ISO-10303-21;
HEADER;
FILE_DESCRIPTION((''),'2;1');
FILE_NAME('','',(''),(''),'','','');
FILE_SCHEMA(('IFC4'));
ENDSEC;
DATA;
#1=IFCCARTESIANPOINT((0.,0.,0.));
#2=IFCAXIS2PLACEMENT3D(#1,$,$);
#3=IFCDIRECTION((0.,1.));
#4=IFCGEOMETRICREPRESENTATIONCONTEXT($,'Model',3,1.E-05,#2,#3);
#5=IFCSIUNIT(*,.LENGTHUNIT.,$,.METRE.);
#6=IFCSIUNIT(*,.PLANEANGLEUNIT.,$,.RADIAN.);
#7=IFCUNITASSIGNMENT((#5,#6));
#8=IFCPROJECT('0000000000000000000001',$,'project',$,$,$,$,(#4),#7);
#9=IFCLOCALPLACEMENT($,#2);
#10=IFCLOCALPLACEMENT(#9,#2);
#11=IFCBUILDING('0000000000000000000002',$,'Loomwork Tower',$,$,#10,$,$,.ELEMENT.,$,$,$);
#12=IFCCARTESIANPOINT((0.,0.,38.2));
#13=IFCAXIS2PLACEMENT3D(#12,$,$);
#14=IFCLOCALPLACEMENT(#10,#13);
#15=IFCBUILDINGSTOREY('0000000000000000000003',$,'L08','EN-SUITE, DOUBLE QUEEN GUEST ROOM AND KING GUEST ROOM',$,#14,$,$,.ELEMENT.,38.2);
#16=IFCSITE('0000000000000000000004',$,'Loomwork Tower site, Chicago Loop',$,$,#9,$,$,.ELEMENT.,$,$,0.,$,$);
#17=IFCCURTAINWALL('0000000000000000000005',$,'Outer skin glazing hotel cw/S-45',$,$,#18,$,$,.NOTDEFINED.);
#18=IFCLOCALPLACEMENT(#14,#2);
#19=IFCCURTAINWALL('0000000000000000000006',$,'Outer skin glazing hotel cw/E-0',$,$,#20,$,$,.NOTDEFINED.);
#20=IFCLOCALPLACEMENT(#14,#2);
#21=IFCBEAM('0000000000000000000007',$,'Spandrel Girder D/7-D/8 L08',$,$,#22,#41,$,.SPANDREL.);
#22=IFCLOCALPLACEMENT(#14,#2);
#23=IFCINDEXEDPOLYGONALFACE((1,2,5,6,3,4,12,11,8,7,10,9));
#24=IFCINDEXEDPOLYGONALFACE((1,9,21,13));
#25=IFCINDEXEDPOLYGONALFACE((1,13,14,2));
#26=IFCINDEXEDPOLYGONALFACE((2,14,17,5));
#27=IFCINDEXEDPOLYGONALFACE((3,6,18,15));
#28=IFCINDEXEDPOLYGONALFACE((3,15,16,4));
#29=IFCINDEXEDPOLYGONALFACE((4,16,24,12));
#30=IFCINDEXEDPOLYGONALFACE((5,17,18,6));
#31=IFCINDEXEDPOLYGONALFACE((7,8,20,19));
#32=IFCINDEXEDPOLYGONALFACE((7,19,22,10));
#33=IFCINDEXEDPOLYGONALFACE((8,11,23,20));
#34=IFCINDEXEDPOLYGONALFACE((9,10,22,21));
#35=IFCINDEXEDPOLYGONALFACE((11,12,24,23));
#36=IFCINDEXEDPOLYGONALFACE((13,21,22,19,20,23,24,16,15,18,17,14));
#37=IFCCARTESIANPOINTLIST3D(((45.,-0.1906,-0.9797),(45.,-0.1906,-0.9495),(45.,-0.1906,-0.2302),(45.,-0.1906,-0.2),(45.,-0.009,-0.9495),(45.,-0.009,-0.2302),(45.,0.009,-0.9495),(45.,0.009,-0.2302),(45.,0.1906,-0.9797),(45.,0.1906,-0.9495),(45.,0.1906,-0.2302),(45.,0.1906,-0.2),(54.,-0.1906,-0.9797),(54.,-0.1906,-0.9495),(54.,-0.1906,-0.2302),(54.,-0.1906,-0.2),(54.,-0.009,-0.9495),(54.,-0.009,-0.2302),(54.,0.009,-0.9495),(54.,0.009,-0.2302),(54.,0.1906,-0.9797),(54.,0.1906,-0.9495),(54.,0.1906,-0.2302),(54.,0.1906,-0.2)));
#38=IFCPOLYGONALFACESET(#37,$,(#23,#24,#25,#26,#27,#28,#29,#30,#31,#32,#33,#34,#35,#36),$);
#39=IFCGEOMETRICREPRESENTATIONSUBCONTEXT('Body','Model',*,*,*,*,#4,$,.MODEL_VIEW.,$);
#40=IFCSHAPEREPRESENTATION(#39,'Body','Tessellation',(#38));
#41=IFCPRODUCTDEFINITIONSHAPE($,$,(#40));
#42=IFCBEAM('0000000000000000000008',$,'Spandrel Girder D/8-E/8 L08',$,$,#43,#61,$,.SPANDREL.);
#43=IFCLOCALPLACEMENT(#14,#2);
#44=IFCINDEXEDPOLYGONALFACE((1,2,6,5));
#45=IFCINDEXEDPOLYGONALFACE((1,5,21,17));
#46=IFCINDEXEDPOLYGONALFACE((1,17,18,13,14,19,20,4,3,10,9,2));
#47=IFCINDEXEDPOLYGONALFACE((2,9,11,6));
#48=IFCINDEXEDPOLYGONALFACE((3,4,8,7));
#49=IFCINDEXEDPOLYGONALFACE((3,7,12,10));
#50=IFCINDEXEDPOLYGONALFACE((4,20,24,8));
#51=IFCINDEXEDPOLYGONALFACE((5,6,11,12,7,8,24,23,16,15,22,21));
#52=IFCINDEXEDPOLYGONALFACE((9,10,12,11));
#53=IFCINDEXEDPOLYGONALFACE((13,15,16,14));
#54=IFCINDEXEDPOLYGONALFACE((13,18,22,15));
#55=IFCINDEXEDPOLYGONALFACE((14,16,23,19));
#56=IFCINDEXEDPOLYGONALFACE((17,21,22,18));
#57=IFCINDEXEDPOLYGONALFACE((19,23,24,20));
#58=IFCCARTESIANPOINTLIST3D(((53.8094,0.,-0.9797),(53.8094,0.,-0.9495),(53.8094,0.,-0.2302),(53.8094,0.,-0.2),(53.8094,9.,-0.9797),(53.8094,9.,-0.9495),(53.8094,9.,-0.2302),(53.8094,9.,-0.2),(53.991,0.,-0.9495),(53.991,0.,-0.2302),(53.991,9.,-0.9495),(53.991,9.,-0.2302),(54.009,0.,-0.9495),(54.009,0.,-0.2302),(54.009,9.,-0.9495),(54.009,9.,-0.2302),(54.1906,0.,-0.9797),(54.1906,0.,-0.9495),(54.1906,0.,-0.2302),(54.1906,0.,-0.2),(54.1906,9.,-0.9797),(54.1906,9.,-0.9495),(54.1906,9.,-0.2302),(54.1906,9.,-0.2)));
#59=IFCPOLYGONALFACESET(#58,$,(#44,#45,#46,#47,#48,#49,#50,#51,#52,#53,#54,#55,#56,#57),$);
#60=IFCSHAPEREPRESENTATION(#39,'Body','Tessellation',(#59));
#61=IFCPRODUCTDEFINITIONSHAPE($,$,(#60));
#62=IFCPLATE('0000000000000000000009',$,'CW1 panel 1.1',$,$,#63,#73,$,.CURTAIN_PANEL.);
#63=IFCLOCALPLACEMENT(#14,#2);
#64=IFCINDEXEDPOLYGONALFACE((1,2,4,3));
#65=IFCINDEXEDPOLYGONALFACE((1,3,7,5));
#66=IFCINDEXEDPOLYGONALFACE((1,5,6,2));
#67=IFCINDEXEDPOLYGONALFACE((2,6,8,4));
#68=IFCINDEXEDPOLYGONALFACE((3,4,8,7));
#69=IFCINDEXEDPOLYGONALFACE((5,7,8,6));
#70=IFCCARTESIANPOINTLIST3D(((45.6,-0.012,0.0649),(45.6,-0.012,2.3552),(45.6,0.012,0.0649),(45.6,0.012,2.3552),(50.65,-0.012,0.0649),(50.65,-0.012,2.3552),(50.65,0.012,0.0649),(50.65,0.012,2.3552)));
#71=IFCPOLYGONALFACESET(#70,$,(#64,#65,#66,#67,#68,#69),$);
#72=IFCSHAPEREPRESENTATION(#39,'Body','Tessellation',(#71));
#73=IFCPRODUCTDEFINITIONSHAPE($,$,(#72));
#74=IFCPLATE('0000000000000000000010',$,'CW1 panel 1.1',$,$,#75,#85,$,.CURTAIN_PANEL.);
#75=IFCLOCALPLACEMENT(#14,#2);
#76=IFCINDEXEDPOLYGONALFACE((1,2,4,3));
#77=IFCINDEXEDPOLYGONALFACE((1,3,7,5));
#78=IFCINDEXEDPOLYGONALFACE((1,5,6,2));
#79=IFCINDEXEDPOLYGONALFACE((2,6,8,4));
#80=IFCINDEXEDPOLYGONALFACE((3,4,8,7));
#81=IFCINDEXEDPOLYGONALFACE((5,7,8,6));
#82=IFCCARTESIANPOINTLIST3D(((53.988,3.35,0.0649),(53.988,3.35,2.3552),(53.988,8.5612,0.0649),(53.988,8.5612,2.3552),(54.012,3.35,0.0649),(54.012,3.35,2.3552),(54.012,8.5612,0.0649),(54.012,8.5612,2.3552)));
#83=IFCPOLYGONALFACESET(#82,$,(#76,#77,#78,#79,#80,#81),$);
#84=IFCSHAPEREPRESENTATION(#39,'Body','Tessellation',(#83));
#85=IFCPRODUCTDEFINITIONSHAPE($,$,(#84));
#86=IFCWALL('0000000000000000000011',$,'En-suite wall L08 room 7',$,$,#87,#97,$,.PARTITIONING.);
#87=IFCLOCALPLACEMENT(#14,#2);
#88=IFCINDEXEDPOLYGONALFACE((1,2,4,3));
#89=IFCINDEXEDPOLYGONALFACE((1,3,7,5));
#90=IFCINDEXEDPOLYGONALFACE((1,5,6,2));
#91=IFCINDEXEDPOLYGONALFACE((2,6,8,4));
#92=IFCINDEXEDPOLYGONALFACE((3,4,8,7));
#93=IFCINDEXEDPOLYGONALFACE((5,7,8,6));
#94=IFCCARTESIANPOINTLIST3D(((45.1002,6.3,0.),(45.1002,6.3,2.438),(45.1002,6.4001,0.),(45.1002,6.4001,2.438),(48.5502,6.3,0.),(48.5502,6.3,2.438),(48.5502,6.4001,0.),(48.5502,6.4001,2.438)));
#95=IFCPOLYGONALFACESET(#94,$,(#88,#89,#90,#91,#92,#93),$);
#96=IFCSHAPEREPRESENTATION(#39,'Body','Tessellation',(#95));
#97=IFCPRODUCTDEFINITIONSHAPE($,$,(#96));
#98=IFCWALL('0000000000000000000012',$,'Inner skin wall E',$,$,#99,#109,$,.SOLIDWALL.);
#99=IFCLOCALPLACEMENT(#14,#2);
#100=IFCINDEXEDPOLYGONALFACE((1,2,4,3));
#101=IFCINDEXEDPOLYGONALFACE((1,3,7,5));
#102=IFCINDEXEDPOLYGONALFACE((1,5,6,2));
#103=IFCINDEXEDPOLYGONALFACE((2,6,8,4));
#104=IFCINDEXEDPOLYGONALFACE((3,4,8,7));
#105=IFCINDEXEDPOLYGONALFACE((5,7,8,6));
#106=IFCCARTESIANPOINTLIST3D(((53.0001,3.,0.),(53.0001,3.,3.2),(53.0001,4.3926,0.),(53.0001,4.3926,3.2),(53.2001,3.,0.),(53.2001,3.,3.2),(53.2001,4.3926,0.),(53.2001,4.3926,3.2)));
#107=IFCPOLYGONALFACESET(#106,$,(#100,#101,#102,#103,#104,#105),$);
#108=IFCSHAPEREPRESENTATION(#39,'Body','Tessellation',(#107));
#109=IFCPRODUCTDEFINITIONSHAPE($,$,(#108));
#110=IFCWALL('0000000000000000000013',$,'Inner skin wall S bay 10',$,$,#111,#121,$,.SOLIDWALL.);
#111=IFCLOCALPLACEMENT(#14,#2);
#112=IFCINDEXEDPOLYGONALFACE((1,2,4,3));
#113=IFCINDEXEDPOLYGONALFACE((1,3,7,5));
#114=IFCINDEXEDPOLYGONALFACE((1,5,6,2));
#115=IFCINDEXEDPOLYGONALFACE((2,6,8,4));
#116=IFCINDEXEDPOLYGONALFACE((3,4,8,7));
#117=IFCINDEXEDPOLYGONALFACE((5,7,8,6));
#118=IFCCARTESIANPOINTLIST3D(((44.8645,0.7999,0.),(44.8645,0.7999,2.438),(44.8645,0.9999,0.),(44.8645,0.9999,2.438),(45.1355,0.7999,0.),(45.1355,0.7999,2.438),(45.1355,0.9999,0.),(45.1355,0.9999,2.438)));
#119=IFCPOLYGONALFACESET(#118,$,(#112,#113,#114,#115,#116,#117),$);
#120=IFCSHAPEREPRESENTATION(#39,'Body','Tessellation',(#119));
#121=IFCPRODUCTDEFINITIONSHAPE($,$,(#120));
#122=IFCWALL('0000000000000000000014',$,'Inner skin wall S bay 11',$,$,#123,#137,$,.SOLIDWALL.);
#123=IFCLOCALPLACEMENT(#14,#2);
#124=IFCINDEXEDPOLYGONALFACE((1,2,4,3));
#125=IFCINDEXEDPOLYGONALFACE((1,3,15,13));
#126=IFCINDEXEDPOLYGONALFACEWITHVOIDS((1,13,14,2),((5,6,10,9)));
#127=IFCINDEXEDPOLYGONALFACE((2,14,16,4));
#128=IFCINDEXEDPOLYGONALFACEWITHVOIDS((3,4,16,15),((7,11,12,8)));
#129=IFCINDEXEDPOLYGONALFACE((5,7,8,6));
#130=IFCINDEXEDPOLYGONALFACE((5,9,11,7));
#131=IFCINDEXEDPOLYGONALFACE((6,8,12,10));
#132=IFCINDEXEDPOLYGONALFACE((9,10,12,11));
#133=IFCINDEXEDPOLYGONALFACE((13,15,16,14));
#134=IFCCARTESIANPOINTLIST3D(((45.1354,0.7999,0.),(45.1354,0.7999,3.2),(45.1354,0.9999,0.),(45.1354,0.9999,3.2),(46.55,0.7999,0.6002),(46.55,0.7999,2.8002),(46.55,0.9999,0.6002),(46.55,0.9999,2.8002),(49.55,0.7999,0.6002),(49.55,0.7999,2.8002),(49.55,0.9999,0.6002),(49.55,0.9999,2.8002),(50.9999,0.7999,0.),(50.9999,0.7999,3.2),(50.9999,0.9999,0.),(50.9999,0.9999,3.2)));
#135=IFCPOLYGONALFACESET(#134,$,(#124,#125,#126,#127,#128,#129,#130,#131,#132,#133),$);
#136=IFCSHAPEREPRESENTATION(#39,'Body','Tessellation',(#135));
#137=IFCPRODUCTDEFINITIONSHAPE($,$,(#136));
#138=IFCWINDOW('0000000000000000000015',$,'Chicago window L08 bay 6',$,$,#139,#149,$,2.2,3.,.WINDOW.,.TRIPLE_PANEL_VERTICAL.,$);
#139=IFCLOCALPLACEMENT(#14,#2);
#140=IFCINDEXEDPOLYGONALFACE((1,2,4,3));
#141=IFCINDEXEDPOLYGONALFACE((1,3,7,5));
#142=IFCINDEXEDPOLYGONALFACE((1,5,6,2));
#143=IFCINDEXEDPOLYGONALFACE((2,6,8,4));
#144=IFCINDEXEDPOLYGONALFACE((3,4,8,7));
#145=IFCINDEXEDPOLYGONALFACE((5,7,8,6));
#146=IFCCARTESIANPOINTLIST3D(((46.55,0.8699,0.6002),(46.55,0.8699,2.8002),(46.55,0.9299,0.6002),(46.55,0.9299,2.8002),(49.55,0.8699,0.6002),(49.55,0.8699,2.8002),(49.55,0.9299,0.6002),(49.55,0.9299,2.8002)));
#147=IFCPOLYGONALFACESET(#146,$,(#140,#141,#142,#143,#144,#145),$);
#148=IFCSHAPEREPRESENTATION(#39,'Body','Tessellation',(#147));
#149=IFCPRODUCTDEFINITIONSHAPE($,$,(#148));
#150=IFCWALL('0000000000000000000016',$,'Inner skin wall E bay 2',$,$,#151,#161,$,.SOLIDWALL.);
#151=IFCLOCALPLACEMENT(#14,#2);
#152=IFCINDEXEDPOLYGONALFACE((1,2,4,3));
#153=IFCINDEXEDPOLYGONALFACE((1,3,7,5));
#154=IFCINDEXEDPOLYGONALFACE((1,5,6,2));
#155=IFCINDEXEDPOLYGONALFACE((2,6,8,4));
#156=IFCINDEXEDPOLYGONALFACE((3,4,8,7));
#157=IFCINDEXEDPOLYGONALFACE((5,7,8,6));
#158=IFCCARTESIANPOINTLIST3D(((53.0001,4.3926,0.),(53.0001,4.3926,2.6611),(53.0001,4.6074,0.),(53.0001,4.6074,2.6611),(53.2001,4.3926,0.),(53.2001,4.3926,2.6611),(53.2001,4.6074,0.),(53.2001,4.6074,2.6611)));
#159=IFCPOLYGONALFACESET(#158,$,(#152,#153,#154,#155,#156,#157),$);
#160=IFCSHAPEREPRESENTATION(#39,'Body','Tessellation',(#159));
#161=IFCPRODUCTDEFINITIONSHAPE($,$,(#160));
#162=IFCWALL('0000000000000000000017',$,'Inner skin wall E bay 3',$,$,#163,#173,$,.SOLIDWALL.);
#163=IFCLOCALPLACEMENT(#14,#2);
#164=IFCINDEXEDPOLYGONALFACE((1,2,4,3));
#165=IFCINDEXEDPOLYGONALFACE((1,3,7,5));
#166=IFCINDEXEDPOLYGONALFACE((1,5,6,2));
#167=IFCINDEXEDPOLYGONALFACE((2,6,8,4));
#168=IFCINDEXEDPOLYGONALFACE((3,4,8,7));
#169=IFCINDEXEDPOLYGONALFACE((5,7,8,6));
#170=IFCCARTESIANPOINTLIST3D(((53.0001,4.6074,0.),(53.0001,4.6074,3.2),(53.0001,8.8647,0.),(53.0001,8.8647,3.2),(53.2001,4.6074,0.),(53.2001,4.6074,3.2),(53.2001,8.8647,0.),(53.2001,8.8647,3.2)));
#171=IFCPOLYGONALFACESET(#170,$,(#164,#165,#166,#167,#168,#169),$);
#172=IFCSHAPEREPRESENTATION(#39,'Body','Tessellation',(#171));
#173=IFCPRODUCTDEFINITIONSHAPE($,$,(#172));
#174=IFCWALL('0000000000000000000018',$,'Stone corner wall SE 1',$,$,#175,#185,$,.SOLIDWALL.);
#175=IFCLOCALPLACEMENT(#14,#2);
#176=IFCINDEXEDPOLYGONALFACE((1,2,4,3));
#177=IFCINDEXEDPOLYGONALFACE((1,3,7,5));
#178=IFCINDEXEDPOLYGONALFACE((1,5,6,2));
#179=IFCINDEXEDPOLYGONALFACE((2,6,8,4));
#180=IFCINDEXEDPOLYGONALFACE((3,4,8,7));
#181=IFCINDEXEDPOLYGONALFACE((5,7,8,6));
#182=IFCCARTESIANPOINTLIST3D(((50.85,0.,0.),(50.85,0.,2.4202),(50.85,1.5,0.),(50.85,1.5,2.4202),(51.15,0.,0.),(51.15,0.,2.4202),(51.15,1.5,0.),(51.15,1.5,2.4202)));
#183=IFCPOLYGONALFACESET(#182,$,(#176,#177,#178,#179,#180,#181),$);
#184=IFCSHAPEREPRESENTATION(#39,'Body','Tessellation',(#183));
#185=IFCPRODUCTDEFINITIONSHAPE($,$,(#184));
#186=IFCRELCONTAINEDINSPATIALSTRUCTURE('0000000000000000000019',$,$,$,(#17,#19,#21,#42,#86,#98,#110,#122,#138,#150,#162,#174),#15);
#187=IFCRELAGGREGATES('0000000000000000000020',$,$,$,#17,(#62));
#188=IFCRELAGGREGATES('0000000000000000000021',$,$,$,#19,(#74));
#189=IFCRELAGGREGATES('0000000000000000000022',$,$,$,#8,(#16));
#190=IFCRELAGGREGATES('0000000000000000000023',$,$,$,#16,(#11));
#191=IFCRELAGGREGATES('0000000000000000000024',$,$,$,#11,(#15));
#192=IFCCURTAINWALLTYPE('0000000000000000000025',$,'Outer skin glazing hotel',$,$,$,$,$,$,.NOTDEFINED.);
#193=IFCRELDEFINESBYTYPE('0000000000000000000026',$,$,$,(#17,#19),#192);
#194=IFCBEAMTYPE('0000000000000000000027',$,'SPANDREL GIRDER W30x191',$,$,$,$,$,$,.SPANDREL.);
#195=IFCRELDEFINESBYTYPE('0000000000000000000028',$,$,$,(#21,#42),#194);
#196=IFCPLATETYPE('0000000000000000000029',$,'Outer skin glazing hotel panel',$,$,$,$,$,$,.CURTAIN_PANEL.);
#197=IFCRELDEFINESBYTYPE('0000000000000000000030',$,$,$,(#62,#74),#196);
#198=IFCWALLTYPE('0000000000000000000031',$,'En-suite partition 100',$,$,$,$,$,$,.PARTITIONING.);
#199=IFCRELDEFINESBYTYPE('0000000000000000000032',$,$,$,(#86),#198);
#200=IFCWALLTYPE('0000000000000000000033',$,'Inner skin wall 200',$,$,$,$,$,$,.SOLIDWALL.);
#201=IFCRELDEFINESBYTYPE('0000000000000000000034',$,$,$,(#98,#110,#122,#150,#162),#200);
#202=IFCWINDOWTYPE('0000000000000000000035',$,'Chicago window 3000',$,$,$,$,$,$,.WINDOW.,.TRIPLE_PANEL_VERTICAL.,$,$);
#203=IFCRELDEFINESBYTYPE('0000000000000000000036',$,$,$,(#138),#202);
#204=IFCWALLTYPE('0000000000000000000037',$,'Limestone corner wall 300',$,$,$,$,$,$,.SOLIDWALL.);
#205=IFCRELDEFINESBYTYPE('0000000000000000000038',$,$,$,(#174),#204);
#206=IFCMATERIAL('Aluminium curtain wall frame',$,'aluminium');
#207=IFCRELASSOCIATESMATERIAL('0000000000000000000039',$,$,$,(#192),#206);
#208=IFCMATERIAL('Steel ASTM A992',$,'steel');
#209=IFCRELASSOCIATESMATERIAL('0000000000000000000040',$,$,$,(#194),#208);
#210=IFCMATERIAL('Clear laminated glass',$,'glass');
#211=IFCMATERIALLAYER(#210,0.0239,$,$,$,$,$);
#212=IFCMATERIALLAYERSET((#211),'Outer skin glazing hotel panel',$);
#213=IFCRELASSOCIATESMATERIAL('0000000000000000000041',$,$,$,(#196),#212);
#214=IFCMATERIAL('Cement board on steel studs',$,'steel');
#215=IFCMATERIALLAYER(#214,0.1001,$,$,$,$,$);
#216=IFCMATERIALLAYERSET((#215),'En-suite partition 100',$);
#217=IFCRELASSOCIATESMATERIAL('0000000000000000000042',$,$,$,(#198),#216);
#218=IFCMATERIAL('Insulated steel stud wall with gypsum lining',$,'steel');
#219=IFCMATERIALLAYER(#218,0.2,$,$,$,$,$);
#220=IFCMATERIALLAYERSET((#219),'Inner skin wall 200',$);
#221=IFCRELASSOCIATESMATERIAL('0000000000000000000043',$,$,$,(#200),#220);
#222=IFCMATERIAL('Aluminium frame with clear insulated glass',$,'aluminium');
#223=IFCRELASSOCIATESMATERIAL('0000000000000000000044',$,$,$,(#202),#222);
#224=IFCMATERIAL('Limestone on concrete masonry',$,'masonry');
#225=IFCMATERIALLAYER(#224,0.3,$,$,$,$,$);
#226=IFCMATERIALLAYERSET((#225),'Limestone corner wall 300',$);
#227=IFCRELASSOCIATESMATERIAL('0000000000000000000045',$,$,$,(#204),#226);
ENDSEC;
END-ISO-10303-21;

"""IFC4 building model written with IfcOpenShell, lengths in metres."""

from ifc_helpers import new_model, si_unit, direction, frame, frame_2d, origin, origin_2d, place, context, subcontext, project, spatial, rectangle, i_section, extrude, material, layer, layer_set, material_profile, profile_set, type_object, element, fill, aggregate, save


model = new_model("IFC4")

# Units and contexts
model_context = context("Model", 3, precision=1e-05, world=origin(), true_north=direction((0.0, 1.0)))
body_context = subcontext(model_context, "Body", "Model", "MODEL_VIEW")
ifc_project = project(units=[si_unit("LENGTHUNIT", "METRE"), si_unit("PLANEANGLEUNIT", "RADIAN")], contexts=[model_context])

# Site, building, storey
site_placement = place(None, origin())
site = spatial("IfcSite", under=ifc_project, at=site_placement, Name="Loomwork Tower site, Chicago Loop", CompositionType="ELEMENT", RefElevation=0.0)
building_placement = place(site_placement, origin())
building = spatial("IfcBuilding", under=site, at=building_placement, Name="Loomwork Tower", CompositionType="ELEMENT")
storey_placement = place(building_placement, frame((0.0, 0.0, 38.2)))
storey = spatial("IfcBuildingStorey", under=building, at=storey_placement, Name="L08", Description="EN-SUITE, DOUBLE QUEEN GUEST ROOM AND KING GUEST ROOM", CompositionType="ELEMENT", Elevation=38.2)

# Shared definitions
ifc_material_1 = material(Name="Aluminium curtain wall frame", Category="aluminium")
curtain_wall_type = type_object("IfcCurtainWallType", Name="Outer skin glazing hotel", PredefinedType="NOTDEFINED", material=ifc_material_1)

# Curtain wall
curtain_wall_1_placement = place(storey_placement, origin())
curtain_wall_1 = element("IfcCurtainWall", 1, at=curtain_wall_1_placement, inside=storey, type_object=curtain_wall_type, Name="Outer skin glazing hotel cw/S-45", PredefinedType="NOTDEFINED")

# Curtain wall
curtain_wall_2_placement = place(storey_placement, origin())
curtain_wall_2 = element("IfcCurtainWall", 2, at=curtain_wall_2_placement, inside=storey, type_object=curtain_wall_type, Name="Outer skin glazing hotel cw/E-0", PredefinedType="NOTDEFINED")

# Beams
ifc_material_2 = material(Name="Steel ASTM A992", Category="steel")
ifc_material_profile_1 = material_profile(ifc_material_2, i_section(OverallWidth=0.3811, OverallDepth=0.7798, WebThickness=0.0181, FlangeThickness=0.0303, at=origin_2d()), Name="W30x191")
ifc_profile_set_1 = profile_set([ifc_material_profile_1], Name="Steel ASTM A992")
beam_type_1 = type_object("IfcBeamType", Name="SPANDREL GIRDER W30x191", PredefinedType="SPANDREL", material=ifc_profile_set_1)
for number, where, z_axis, x_axis, name in (
    (3, (45.0, 0.0, -0.5898), (1.0, 0.0, 0.0), (0.0, 1.0, 0.0), "Spandrel Girder D/7-D/8 L08"),
    (4, (54.0, 0.0, -0.5898), (0.0, 1.0, 0.0), (-1.0, 0.0, 0.0), "Spandrel Girder D/8-E/8 L08"),
):
    element("IfcBeam", number, at=place(storey_placement, frame(where, z_axis=z_axis, x_axis=x_axis)), inside=storey, type_object=beam_type_1, Name=name, PredefinedType="SPANDREL", context=body_context, shape_type="SweptSolid", body=[
        extrude(i_section(OverallWidth=0.3811, OverallDepth=0.7798, WebThickness=0.0181, FlangeThickness=0.0303, at=origin_2d()), origin(), (0.0, 0.0, 1.0), 9.0),
    ])

# Plates
ifc_material_3 = material(Name="Clear laminated glass", Category="glass")
ifc_layer_1 = layer(ifc_material_3, 0.0239)
ifc_layer_set_1 = layer_set([ifc_layer_1], Name="Outer skin glazing hotel panel")
plate_type = type_object("IfcPlateType", Name="Outer skin glazing hotel panel", PredefinedType="CURTAIN_PANEL", material=ifc_layer_set_1)
plate_1_placement = place(storey_placement, frame((48.125, 0.0, 0.0649), z_axis=(0.0, 0.0, 1.0), x_axis=(1.0, 0.0, 0.0)))
plate_1 = element("IfcPlate", 5, at=plate_1_placement, type_object=plate_type, Name="CW1 panel 1.1", PredefinedType="CURTAIN_PANEL", context=body_context, shape_type="SweptSolid", body=[
    extrude(rectangle(XDim=5.05, YDim=0.0239, at=origin_2d()), origin(), (0.0, 0.0, 1.0), 2.2903),
])
aggregate(curtain_wall_1, [plate_1])
plate_2_placement = place(storey_placement, frame((54.0, 5.9556, 0.0649), z_axis=(0.0, 0.0, 1.0), x_axis=(0.0, 1.0, 0.0)))
plate_2 = element("IfcPlate", 6, at=plate_2_placement, type_object=plate_type, Name="CW1 panel 1.1", PredefinedType="CURTAIN_PANEL", context=body_context, shape_type="SweptSolid", body=[
    extrude(rectangle(XDim=5.2112, YDim=0.0239, at=origin_2d()), origin(), (0.0, 0.0, 1.0), 2.2903),
])
aggregate(curtain_wall_2, [plate_2])

# Walls
ifc_material_4 = material(Name="Cement board on steel studs", Category="steel")
ifc_layer_2 = layer(ifc_material_4, 0.1001)
ifc_layer_set_2 = layer_set([ifc_layer_2], Name="En-suite partition 100")
wall_type_1 = type_object("IfcWallType", Name="En-suite partition 100", PredefinedType="PARTITIONING", material=ifc_layer_set_2)
wall_1_placement = place(storey_placement, frame((45.1001, 6.3501, 0.0), z_axis=(0.0, 0.0, 1.0), x_axis=(1.0, 0.0, 0.0)))
element("IfcWall", 7, at=wall_1_placement, inside=storey, type_object=wall_type_1, Name="En-suite wall L08 room 7", PredefinedType="PARTITIONING", context=body_context, shape_type="SweptSolid", body=[
    extrude(rectangle(XDim=3.45, YDim=0.1001, at=frame_2d((1.7251, 0.0))), origin(), (0.0, 0.0, 1.0), 2.438),
])
ifc_material_5 = material(Name="Insulated steel stud wall with gypsum lining", Category="steel")
ifc_layer_3 = layer(ifc_material_5, 0.2)
ifc_layer_set_3 = layer_set([ifc_layer_3], Name="Inner skin wall 200")
wall_type_2 = type_object("IfcWallType", Name="Inner skin wall 200", PredefinedType="SOLIDWALL", material=ifc_layer_set_3)
wall_2_placement = place(storey_placement, frame((53.1001, 3.0, 0.0), z_axis=(0.0, 0.0, 1.0), x_axis=(0.0, 1.0, 0.0)))
element("IfcWall", 8, at=wall_2_placement, inside=storey, type_object=wall_type_2, Name="Inner skin wall E", PredefinedType="SOLIDWALL", context=body_context, shape_type="SweptSolid", body=[
    extrude(rectangle(XDim=1.3926, YDim=0.2, at=frame_2d((0.6963, 0.0))), origin(), (0.0, 0.0, 1.0), 3.2),
])
wall_3_placement = place(storey_placement, frame((44.8645, 0.8999, 0.0), z_axis=(0.0, 0.0, 1.0), x_axis=(1.0, 0.0, 0.0)))
element("IfcWall", 9, at=wall_3_placement, inside=storey, type_object=wall_type_2, Name="Inner skin wall S bay 10", PredefinedType="SOLIDWALL", context=body_context, shape_type="SweptSolid", body=[
    extrude(rectangle(XDim=0.271, YDim=0.2, at=frame_2d((0.1355, 0.0))), origin(), (0.0, 0.0, 1.0), 2.438),
])

# Wall, opening, window
wall_4_placement = place(storey_placement, frame((45.1355, 0.8999, 0.0), z_axis=(0.0, 0.0, 1.0), x_axis=(1.0, 0.0, 0.0)))
wall_4 = element("IfcWall", 10, at=wall_4_placement, inside=storey, type_object=wall_type_2, Name="Inner skin wall S bay 11", PredefinedType="SOLIDWALL", context=body_context, shape_type="SweptSolid", body=[
    extrude(rectangle(XDim=5.8645, YDim=0.2, at=frame_2d((2.9321, 0.0))), origin(), (0.0, 0.0, 1.0), 3.2),
])
opening_1_placement = place(wall_4_placement, frame((1.4146, 0.0, 0.6001)))
opening_1 = element("IfcOpeningElement", 11, at=opening_1_placement, cuts=wall_4, PredefinedType="OPENING", context=body_context, shape_type="SweptSolid", body=[
    extrude(rectangle(XDim=3.0, YDim=2.2, at=frame_2d((1.5, 1.1001))), frame((0.0, 0.1099, 0.0), z_axis=(0.0, -1.0, 0.0), x_axis=(1.0, 0.0, 0.0)), (0.0, 0.0, 1.0), 0.22),
])
ifc_material_6 = material(Name="Aluminium frame with clear insulated glass", Category="aluminium")
window_type_1 = type_object("IfcWindowType", Name="Chicago window 3000", PartitioningType="TRIPLE_PANEL_VERTICAL", PredefinedType="WINDOW", material=ifc_material_6)
window_1_placement = place(opening_1_placement, origin())
window_1 = element("IfcWindow", 12, at=window_1_placement, inside=storey, type_object=window_type_1, Name="Chicago window L08 bay 6", OverallHeight=2.2, OverallWidth=3.0, PartitioningType="TRIPLE_PANEL_VERTICAL", PredefinedType="WINDOW", context=body_context, shape_type="SweptSolid", body=[
    extrude(rectangle(XDim=3.0, YDim=2.2, at=frame_2d((1.5, 1.1001))), frame((0.0, 0.03, 0.0), z_axis=(0.0, -1.0, 0.0), x_axis=(1.0, 0.0, 0.0)), (0.0, 0.0, 1.0), 0.0601),
])
fill(opening_1, window_1)

# Walls
wall_5_placement = place(storey_placement, frame((53.1001, 4.3926, 0.0), z_axis=(0.0, 0.0, 1.0), x_axis=(0.0, 1.0, 0.0)))
element("IfcWall", 13, at=wall_5_placement, inside=storey, type_object=wall_type_2, Name="Inner skin wall E bay 2", PredefinedType="SOLIDWALL", context=body_context, shape_type="SweptSolid", body=[
    extrude(rectangle(XDim=0.2148, YDim=0.2, at=frame_2d((0.1074, 0.0))), origin(), (0.0, 0.0, 1.0), 2.6611),
])
wall_6_placement = place(storey_placement, frame((53.1001, 4.6074, 0.0), z_axis=(0.0, 0.0, 1.0), x_axis=(0.0, 1.0, 0.0)))
element("IfcWall", 14, at=wall_6_placement, inside=storey, type_object=wall_type_2, Name="Inner skin wall E bay 3", PredefinedType="SOLIDWALL", context=body_context, shape_type="SweptSolid", body=[
    extrude(rectangle(XDim=4.2573, YDim=0.2, at=frame_2d((2.1287, 0.0))), origin(), (0.0, 0.0, 1.0), 3.2),
])
ifc_material_7 = material(Name="Limestone on concrete masonry", Category="masonry")
ifc_layer_4 = layer(ifc_material_7, 0.3)
ifc_layer_set_4 = layer_set([ifc_layer_4], Name="Limestone corner wall 300")
wall_type_3 = type_object("IfcWallType", Name="Limestone corner wall 300", PredefinedType="SOLIDWALL", material=ifc_layer_set_4)
wall_7_placement = place(storey_placement, frame((51.0, 0.0, 0.0), z_axis=(0.0, 0.0, 1.0), x_axis=(0.0, 1.0, 0.0)))
element("IfcWall", 15, at=wall_7_placement, inside=storey, type_object=wall_type_3, Name="Stone corner wall SE 1", PredefinedType="SOLIDWALL", context=body_context, shape_type="SweptSolid", body=[
    extrude(rectangle(XDim=1.5, YDim=0.3, at=frame_2d((0.75, 0.0))), origin(), (0.0, 0.0, 1.0), 2.4202),
])

save(model, "model.ifc")
